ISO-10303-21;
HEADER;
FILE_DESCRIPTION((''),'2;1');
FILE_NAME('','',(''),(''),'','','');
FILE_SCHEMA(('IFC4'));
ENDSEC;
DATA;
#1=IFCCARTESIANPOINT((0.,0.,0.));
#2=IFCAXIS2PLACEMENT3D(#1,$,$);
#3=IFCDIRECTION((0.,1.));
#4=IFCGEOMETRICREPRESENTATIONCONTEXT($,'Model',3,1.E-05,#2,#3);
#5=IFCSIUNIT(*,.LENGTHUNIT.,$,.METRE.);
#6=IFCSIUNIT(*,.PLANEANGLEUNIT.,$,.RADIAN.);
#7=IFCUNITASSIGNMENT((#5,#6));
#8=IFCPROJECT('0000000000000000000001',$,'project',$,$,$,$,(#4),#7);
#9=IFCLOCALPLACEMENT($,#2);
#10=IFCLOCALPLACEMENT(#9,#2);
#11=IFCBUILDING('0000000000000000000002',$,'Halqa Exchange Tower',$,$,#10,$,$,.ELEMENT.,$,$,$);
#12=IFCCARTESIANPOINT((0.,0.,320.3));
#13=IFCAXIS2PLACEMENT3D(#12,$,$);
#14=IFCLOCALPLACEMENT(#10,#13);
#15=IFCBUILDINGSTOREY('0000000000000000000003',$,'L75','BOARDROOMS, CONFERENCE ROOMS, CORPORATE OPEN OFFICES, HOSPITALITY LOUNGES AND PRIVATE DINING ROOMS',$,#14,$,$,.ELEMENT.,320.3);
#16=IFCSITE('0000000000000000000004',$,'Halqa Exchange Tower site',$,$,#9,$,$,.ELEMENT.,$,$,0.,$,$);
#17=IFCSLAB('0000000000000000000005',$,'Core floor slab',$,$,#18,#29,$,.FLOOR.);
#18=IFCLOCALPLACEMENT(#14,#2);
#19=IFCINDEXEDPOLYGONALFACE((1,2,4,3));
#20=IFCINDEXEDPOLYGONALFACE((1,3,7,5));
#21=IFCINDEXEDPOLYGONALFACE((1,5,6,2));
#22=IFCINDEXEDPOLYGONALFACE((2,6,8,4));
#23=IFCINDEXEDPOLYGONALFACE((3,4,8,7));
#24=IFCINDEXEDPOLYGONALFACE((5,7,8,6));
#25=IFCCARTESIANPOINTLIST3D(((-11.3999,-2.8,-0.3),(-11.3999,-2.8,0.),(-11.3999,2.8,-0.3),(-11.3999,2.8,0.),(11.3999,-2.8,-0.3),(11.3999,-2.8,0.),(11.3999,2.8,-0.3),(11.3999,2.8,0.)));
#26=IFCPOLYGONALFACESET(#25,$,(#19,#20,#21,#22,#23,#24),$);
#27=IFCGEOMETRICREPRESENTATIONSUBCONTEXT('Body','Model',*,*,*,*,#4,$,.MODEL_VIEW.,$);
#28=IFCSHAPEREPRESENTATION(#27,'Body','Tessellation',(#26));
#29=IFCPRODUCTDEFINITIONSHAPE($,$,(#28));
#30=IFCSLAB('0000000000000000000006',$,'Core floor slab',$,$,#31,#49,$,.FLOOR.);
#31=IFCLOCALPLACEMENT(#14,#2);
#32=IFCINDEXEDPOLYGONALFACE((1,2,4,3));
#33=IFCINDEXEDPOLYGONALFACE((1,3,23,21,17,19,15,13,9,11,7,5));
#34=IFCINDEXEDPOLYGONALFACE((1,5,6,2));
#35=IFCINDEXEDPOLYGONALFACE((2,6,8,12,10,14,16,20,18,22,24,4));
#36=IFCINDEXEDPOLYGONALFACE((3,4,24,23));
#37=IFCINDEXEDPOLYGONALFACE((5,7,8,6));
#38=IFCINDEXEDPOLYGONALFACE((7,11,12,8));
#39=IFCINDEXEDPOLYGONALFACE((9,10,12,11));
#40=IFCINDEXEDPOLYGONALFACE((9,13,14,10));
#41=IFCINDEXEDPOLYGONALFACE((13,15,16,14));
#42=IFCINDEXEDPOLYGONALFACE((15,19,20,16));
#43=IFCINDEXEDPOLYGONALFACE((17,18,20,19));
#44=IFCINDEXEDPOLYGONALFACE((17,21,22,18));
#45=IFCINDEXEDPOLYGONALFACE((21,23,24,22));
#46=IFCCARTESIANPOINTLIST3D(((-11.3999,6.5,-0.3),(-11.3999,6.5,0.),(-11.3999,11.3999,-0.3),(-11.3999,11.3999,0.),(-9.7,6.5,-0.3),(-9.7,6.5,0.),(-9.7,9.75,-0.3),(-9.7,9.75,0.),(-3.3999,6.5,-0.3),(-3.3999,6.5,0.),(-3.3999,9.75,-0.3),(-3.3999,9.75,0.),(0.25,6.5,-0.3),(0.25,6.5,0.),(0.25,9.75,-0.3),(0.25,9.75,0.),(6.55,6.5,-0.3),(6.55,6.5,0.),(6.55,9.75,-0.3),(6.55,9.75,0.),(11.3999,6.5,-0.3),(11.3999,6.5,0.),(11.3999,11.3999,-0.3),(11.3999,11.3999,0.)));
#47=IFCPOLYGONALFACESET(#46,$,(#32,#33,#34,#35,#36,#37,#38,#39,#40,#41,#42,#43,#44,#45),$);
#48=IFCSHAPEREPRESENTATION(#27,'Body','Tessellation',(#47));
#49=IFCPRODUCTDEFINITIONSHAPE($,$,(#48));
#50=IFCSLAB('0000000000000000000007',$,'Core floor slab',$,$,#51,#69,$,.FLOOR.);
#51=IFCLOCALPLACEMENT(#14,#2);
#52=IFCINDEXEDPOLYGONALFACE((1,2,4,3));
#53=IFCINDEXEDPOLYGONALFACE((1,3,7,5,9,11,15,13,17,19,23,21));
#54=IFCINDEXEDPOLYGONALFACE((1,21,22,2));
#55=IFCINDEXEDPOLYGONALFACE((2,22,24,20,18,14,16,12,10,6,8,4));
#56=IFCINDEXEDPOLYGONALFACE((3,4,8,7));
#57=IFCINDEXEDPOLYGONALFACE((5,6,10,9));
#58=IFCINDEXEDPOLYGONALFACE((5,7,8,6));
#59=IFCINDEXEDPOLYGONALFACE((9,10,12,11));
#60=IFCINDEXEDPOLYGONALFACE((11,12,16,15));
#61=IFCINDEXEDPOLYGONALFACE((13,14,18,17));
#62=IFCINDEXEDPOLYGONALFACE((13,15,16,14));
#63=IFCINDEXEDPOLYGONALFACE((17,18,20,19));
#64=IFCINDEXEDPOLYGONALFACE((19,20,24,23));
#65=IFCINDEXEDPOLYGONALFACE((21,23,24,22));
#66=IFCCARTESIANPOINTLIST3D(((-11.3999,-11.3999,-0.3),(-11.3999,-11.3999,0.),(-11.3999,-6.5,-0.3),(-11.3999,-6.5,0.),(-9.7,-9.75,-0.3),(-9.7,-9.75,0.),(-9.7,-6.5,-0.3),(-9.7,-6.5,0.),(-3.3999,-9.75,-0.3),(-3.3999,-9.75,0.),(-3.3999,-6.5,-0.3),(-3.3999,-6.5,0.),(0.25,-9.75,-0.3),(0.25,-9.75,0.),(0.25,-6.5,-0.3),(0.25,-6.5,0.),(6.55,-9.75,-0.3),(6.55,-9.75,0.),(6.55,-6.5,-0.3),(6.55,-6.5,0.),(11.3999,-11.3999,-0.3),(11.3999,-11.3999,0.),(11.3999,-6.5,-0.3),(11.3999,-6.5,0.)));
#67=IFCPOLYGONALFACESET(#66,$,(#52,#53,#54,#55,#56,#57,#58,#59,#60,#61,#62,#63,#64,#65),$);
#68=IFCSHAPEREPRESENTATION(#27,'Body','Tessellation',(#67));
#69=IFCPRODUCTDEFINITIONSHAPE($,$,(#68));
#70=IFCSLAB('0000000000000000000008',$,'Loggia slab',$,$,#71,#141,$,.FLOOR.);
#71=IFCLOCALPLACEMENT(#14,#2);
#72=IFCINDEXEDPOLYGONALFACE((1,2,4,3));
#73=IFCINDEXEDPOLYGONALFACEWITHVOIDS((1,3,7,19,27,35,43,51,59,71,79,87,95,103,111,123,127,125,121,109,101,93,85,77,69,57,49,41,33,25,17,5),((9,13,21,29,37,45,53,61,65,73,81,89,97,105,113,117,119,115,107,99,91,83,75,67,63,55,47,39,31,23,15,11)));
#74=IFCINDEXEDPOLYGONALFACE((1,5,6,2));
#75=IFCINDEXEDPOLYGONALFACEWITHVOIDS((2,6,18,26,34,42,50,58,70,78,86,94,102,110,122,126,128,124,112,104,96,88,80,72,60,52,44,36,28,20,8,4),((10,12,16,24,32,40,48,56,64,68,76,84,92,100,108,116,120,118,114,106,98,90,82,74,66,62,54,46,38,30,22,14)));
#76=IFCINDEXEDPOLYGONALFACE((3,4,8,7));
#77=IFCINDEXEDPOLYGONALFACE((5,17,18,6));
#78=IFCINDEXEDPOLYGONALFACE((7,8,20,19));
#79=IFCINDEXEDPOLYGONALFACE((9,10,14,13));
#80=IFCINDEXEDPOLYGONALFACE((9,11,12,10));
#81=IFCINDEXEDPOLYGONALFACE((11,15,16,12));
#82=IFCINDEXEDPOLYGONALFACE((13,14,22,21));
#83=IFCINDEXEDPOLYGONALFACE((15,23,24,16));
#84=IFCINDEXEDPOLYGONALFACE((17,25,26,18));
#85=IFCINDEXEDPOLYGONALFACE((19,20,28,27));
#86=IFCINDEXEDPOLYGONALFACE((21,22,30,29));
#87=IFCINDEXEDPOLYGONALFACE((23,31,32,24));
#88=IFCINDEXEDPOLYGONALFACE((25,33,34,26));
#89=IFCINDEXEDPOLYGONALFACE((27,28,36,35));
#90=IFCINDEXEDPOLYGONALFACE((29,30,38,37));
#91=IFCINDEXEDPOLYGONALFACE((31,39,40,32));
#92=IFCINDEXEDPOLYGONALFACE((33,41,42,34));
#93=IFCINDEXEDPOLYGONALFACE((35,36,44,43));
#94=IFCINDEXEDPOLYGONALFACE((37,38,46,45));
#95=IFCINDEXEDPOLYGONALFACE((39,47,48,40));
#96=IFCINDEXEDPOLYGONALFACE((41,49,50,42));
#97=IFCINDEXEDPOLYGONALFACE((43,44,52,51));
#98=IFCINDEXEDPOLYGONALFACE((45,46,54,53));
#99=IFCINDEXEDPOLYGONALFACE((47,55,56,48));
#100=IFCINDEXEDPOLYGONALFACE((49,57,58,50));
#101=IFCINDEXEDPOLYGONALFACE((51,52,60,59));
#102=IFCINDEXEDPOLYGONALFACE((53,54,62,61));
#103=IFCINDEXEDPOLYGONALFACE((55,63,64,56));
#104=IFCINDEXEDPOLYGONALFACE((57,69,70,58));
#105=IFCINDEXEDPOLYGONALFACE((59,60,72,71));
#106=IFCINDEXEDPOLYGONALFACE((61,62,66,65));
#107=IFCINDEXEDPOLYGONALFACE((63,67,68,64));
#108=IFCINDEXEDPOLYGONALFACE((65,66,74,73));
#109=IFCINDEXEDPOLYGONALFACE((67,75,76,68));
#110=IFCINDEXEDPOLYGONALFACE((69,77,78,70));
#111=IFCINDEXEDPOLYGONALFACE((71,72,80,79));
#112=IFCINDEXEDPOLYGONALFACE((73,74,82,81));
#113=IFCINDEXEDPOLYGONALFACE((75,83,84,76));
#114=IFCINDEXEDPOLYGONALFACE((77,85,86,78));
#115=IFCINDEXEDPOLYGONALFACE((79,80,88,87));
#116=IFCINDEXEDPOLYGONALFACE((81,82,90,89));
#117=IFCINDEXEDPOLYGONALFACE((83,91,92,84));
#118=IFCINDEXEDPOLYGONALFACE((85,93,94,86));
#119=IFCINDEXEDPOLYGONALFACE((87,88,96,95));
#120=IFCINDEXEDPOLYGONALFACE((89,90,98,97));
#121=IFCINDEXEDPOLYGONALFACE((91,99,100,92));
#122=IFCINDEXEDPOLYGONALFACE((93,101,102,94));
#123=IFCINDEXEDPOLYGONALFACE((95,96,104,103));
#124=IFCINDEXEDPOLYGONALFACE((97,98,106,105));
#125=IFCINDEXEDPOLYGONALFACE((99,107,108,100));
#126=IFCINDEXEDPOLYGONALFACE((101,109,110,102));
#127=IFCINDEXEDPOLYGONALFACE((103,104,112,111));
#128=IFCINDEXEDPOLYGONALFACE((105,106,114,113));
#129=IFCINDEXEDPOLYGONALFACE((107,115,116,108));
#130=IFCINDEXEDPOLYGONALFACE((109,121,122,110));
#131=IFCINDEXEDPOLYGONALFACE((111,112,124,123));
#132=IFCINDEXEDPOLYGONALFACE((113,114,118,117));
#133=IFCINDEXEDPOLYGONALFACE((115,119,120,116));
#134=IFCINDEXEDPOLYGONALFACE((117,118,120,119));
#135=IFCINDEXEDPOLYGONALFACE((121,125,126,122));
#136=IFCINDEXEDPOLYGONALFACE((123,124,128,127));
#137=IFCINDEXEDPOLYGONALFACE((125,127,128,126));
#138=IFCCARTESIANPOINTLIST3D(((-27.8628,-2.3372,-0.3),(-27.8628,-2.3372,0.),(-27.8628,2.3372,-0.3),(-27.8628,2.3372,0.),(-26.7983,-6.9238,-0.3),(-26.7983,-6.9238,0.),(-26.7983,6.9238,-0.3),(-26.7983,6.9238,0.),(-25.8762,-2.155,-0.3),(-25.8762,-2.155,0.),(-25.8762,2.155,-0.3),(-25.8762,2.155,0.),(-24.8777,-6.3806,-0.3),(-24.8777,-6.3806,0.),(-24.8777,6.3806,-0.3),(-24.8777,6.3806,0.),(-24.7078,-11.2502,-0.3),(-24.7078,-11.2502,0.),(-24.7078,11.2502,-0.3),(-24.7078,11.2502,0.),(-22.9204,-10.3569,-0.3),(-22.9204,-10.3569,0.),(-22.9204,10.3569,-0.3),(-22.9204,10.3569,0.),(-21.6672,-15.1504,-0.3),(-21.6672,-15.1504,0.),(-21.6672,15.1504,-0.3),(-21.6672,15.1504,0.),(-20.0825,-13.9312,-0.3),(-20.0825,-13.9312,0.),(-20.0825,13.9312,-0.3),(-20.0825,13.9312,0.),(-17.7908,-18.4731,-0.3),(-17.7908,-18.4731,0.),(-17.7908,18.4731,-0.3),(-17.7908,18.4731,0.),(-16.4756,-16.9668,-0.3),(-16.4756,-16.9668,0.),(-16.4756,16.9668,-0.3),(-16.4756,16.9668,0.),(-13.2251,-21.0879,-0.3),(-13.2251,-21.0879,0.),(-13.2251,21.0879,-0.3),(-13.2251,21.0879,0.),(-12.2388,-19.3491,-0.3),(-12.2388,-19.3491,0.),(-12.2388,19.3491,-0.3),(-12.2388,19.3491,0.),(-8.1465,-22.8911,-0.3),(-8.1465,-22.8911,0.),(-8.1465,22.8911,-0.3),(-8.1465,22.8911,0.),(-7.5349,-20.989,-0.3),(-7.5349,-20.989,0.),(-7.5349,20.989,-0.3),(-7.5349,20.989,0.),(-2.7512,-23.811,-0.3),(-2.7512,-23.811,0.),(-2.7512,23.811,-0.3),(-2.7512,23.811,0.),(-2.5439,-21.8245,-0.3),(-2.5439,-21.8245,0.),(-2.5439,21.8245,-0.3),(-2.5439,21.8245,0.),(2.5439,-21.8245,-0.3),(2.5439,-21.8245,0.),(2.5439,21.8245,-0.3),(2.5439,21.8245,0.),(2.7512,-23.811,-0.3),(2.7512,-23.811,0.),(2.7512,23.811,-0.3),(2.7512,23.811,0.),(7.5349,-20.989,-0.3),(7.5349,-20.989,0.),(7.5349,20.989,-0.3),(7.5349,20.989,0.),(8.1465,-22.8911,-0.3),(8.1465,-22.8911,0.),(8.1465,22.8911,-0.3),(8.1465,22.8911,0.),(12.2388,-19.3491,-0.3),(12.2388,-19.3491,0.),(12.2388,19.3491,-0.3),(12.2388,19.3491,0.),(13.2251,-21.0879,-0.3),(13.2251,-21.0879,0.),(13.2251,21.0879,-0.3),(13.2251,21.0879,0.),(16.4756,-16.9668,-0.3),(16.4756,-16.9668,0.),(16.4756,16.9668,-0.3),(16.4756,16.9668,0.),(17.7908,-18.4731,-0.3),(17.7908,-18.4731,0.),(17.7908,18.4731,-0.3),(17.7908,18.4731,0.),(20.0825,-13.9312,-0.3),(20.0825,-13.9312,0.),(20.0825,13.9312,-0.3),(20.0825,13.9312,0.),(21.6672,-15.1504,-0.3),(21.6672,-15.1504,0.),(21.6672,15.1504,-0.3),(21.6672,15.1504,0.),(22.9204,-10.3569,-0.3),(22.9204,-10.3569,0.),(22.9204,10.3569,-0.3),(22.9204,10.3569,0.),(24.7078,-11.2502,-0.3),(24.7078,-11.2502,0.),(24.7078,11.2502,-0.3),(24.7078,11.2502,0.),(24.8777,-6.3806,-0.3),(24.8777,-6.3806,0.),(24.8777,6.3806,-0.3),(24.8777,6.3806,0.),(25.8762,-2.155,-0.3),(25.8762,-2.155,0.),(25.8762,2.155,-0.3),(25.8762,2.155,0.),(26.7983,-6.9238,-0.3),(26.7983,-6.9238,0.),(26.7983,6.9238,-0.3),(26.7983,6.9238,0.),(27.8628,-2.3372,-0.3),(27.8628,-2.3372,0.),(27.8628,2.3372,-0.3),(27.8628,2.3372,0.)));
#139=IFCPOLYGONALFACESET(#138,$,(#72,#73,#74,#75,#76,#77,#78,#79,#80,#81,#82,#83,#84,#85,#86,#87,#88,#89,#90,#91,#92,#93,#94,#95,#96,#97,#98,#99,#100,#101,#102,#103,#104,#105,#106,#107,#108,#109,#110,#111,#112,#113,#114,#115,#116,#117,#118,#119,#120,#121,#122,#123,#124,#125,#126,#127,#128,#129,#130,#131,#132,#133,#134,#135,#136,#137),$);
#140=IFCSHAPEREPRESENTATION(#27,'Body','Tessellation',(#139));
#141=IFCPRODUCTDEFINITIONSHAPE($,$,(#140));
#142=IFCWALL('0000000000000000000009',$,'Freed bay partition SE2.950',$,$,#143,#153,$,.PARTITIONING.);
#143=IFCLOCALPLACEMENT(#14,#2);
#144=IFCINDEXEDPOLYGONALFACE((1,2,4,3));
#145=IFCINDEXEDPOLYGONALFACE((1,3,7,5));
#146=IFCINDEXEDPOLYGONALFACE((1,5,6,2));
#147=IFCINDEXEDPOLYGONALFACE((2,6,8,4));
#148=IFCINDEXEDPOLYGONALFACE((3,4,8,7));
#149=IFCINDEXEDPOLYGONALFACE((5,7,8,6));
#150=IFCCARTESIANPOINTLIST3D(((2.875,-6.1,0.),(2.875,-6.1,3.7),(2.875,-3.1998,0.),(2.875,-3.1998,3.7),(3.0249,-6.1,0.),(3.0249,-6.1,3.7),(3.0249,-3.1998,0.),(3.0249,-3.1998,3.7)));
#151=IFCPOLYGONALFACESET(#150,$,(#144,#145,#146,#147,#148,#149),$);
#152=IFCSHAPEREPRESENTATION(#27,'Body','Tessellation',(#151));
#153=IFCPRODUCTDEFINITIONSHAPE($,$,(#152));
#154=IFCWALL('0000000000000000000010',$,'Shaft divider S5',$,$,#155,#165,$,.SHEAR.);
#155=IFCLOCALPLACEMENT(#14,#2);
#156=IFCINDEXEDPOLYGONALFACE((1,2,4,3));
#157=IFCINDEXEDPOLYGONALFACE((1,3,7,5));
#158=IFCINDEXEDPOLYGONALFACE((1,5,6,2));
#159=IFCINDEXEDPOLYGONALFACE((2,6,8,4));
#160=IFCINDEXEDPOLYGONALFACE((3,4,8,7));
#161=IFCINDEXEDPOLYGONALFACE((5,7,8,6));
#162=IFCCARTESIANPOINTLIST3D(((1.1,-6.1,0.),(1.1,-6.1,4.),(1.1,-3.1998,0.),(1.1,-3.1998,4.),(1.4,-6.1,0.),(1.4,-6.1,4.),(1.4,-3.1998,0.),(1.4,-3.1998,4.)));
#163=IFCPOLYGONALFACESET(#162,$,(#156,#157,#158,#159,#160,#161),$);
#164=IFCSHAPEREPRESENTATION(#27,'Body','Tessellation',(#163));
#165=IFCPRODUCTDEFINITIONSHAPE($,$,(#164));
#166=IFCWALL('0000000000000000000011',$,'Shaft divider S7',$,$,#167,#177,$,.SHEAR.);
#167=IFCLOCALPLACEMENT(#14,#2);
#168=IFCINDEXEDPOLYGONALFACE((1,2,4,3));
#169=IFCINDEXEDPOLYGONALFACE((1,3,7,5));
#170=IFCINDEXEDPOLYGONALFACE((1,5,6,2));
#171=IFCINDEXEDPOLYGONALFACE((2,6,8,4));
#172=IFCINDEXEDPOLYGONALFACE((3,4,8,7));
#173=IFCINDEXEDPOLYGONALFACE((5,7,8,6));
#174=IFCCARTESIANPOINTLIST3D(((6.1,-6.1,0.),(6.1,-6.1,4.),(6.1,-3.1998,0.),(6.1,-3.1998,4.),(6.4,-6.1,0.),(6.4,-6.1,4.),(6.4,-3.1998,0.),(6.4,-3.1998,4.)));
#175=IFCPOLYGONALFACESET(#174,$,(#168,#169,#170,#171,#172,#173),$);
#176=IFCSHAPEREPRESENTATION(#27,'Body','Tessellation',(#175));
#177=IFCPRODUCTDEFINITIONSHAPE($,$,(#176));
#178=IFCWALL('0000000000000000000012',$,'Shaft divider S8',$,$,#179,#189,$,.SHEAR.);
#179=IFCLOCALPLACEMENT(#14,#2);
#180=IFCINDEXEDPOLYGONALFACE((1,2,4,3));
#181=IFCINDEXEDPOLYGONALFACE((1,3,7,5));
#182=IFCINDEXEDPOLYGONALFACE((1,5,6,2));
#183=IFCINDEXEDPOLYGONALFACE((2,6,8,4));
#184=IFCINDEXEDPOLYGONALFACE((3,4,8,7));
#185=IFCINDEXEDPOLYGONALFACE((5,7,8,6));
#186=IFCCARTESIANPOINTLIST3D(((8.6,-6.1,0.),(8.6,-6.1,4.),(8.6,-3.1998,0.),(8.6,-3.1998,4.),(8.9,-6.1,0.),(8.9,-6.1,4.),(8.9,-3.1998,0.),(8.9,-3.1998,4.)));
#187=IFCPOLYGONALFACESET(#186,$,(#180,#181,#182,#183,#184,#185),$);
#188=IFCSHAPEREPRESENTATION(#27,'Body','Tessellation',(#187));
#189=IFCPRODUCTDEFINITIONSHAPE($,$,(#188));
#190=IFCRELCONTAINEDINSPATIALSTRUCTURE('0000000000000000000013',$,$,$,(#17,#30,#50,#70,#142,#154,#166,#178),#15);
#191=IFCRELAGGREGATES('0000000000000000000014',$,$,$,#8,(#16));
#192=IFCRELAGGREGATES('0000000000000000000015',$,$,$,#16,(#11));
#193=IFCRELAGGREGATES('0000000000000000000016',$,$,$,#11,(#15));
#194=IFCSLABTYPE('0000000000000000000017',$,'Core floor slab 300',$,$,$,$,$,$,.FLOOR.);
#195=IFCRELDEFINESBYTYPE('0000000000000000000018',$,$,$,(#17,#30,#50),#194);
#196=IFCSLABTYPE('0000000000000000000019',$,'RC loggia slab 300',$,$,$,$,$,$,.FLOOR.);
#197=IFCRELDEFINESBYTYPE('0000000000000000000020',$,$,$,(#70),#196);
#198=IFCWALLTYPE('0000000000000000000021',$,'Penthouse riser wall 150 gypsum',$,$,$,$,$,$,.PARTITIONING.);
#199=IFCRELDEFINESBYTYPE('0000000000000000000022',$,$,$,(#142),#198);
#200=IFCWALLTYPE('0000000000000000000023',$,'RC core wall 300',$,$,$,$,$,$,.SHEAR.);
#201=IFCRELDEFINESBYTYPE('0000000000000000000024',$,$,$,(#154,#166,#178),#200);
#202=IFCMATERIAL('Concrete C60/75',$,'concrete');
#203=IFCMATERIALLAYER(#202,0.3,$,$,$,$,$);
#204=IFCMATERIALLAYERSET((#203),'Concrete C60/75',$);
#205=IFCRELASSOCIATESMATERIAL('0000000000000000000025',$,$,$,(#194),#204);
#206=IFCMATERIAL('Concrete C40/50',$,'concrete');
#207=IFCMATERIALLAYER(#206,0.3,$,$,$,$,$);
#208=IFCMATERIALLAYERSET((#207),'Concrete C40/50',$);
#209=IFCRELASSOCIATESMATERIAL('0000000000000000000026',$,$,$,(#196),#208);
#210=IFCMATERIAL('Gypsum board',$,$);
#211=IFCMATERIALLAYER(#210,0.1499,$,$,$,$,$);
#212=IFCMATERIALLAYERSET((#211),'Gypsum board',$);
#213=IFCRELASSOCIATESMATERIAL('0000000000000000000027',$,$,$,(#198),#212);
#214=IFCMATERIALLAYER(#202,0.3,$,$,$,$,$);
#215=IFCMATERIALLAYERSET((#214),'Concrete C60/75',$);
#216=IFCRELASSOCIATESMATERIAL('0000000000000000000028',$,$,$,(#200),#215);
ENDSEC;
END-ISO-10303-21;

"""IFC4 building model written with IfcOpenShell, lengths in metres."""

from ifc_helpers import new_model, si_unit, direction, frame, frame_2d, origin, place, context, subcontext, project, spatial, polyline, rectangle, outline, extrude, material, layer, layer_set, type_object, element, save


model = new_model("IFC4")

# Units and contexts
model_context = context("Model", 3, precision=1e-05, world=origin(), true_north=direction((0.0, 1.0)))
body_context = subcontext(model_context, "Body", "Model", "MODEL_VIEW")
ifc_project = project(units=[si_unit("LENGTHUNIT", "METRE"), si_unit("PLANEANGLEUNIT", "RADIAN")], contexts=[model_context])

# Site, building, storey
site_placement = place(None, origin())
site = spatial("IfcSite", under=ifc_project, at=site_placement, Name="Halqa Exchange Tower site", CompositionType="ELEMENT", RefElevation=0.0)
building_placement = place(site_placement, origin())
building = spatial("IfcBuilding", under=site, at=building_placement, Name="Halqa Exchange Tower", CompositionType="ELEMENT")
storey_placement = place(building_placement, frame((0.0, 0.0, 320.3)))
storey = spatial("IfcBuildingStorey", under=building, at=storey_placement, Name="L75", Description="BOARDROOMS, CONFERENCE ROOMS, CORPORATE OPEN OFFICES, HOSPITALITY LOUNGES AND PRIVATE DINING ROOMS", CompositionType="ELEMENT", Elevation=320.3)

# Slabs
ifc_material_1 = material(Name="Concrete C60/75", Category="concrete")
ifc_layer_1 = layer(ifc_material_1, 0.3)
ifc_layer_set_1 = layer_set([ifc_layer_1], Name="Concrete C60/75")
slab_type_1 = type_object("IfcSlabType", Name="Core floor slab 300", PredefinedType="FLOOR", material=ifc_layer_set_1)
slab_1_placement = place(storey_placement, frame((0.0, 0.0, -0.3)))
element("IfcSlab", 1, at=slab_1_placement, inside=storey, type_object=slab_type_1, Name="Core floor slab", PredefinedType="FLOOR", context=body_context, shape_type="SweptSolid", body=[
    extrude(outline(polyline([(-11.3999, 2.8), (11.3999, 2.8), (11.3999, -2.8), (-11.3999, -2.8), (-11.3999, 2.8)])), origin(), (0.0, 0.0, 1.0), 0.3),
])
slab_2_placement = place(storey_placement, frame((0.0, 0.0, -0.3)))
element("IfcSlab", 2, at=slab_2_placement, inside=storey, type_object=slab_type_1, Name="Core floor slab", PredefinedType="FLOOR", context=body_context, shape_type="SweptSolid", body=[
    extrude(outline(polyline([(-11.3999, 11.3999), (11.3999, 11.3999), (11.3999, 6.5), (6.55, 6.5), (6.55, 9.75), (0.25, 9.75), (0.25, 6.5), (-3.3999, 6.5), (-3.3999, 9.75), (-9.7, 9.75), (-9.7, 6.5), (-11.3999, 6.5), (-11.3999, 11.3999)])), origin(), (0.0, 0.0, 1.0), 0.3),
])
slab_3_placement = place(storey_placement, frame((0.0, 0.0, -0.3)))
element("IfcSlab", 3, at=slab_3_placement, inside=storey, type_object=slab_type_1, Name="Core floor slab", PredefinedType="FLOOR", context=body_context, shape_type="SweptSolid", body=[
    extrude(outline(polyline([(-11.3999, -6.5), (-9.7, -6.5), (-9.7, -9.75), (-3.3999, -9.75), (-3.3999, -6.5), (0.25, -6.5), (0.25, -9.75), (6.55, -9.75), (6.55, -6.5), (11.3999, -6.5), (11.3999, -11.3999), (-11.3999, -11.3999), (-11.3999, -6.5)])), origin(), (0.0, 0.0, 1.0), 0.3),
])
ifc_material_2 = material(Name="Concrete C40/50", Category="concrete")
ifc_layer_2 = layer(ifc_material_2, 0.3)
ifc_layer_set_2 = layer_set([ifc_layer_2], Name="Concrete C40/50")
slab_type_2 = type_object("IfcSlabType", Name="RC loggia slab 300", PredefinedType="FLOOR", material=ifc_layer_set_2)
slab_4_placement = place(storey_placement, frame((0.0, 0.0, -0.3)))
element("IfcSlab", 4, at=slab_4_placement, inside=storey, type_object=slab_type_2, Name="Loggia slab", PredefinedType="FLOOR", context=body_context, shape_type="SweptSolid", body=[
    extrude(outline(polyline([(27.8628, 2.3372), (27.8628, -2.3372), (26.7983, -6.9238), (24.7078, -11.2502), (21.6672, -15.1504), (17.7908, -18.4731), (13.2251, -21.0879), (8.1465, -22.8911), (2.7512, -23.811), (-2.7512, -23.811), (-8.1465, -22.8911), (-13.2251, -21.0879), (-17.7908, -18.4731), (-21.6672, -15.1504), (-24.7078, -11.2502), (-26.7983, -6.9238), (-27.8628, -2.3372), (-27.8628, 2.3372), (-26.7983, 6.9238), (-24.7078, 11.2502), (-21.6672, 15.1504), (-17.7908, 18.4731), (-13.2251, 21.0879), (-8.1465, 22.8911), (-2.7512, 23.811), (2.7512, 23.811), (8.1465, 22.8911), (13.2251, 21.0879), (17.7908, 18.4731), (21.6672, 15.1504), (24.7078, 11.2502), (26.7983, 6.9238), (27.8628, 2.3372)]), holes=[polyline([(25.8762, 2.155), (24.8777, 6.3806), (22.9204, 10.3569), (20.0825, 13.9312), (16.4756, 16.9668), (12.2388, 19.3491), (7.5349, 20.989), (2.5439, 21.8245), (-2.5439, 21.8245), (-7.5349, 20.989), (-12.2388, 19.3491), (-16.4756, 16.9668), (-20.0825, 13.9312), (-22.9204, 10.3569), (-24.8777, 6.3806), (-25.8762, 2.155), (-25.8762, -2.155), (-24.8777, -6.3806), (-22.9204, -10.3569), (-20.0825, -13.9312), (-16.4756, -16.9668), (-12.2388, -19.3491), (-7.5349, -20.989), (-2.5439, -21.8245), (2.5439, -21.8245), (7.5349, -20.989), (12.2388, -19.3491), (16.4756, -16.9668), (20.0825, -13.9312), (22.9204, -10.3569), (24.8777, -6.3806), (25.8762, -2.155), (25.8762, 2.155)])]), origin(), (0.0, 0.0, 1.0), 0.3),
])

# Walls
ifc_material_3 = material(Name="Gypsum board")
ifc_layer_3 = layer(ifc_material_3, 0.1499)
ifc_layer_set_3 = layer_set([ifc_layer_3], Name="Gypsum board")
wall_type_1 = type_object("IfcWallType", Name="Penthouse riser wall 150 gypsum", PredefinedType="PARTITIONING", material=ifc_layer_set_3)
wall_1_placement = place(storey_placement, frame((2.95, -6.1001, 0.0), z_axis=(0.0, 0.0, 1.0), x_axis=(0.0, 1.0, 0.0)))
element("IfcWall", 5, at=wall_1_placement, inside=storey, type_object=wall_type_1, Name="Freed bay partition SE2.950", PredefinedType="PARTITIONING", context=body_context, shape_type="SweptSolid", body=[
    extrude(rectangle(XDim=2.9001, YDim=0.1499, at=frame_2d((1.4502, 0.0))), origin(), (0.0, 0.0, 1.0), 3.7),
])
ifc_layer_4 = layer(ifc_material_1, 0.3)
ifc_layer_set_4 = layer_set([ifc_layer_4], Name="Concrete C60/75")
wall_type_2 = type_object("IfcWallType", Name="RC core wall 300", PredefinedType="SHEAR", material=ifc_layer_set_4)
for number, where, z_axis, x_axis, name in (
    (6, (1.25, -6.1001, 0.0), (0.0, 0.0, 1.0), (0.0, 1.0, 0.0), "Shaft divider S5"),
    (7, (6.25, -6.1001, 0.0), (0.0, 0.0, 1.0), (0.0, 1.0, 0.0), "Shaft divider S7"),
    (8, (8.75, -6.1001, 0.0), (0.0, 0.0, 1.0), (0.0, 1.0, 0.0), "Shaft divider S8"),
):
    element("IfcWall", number, at=place(storey_placement, frame(where, z_axis=z_axis, x_axis=x_axis)), inside=storey, type_object=wall_type_2, Name=name, PredefinedType="SHEAR", context=body_context, shape_type="SweptSolid", body=[
        extrude(rectangle(XDim=2.9001, YDim=0.3, at=frame_2d((1.4502, 0.0))), origin(), (0.0, 0.0, 1.0), 4.0),
    ])

save(model, "model.ifc")
